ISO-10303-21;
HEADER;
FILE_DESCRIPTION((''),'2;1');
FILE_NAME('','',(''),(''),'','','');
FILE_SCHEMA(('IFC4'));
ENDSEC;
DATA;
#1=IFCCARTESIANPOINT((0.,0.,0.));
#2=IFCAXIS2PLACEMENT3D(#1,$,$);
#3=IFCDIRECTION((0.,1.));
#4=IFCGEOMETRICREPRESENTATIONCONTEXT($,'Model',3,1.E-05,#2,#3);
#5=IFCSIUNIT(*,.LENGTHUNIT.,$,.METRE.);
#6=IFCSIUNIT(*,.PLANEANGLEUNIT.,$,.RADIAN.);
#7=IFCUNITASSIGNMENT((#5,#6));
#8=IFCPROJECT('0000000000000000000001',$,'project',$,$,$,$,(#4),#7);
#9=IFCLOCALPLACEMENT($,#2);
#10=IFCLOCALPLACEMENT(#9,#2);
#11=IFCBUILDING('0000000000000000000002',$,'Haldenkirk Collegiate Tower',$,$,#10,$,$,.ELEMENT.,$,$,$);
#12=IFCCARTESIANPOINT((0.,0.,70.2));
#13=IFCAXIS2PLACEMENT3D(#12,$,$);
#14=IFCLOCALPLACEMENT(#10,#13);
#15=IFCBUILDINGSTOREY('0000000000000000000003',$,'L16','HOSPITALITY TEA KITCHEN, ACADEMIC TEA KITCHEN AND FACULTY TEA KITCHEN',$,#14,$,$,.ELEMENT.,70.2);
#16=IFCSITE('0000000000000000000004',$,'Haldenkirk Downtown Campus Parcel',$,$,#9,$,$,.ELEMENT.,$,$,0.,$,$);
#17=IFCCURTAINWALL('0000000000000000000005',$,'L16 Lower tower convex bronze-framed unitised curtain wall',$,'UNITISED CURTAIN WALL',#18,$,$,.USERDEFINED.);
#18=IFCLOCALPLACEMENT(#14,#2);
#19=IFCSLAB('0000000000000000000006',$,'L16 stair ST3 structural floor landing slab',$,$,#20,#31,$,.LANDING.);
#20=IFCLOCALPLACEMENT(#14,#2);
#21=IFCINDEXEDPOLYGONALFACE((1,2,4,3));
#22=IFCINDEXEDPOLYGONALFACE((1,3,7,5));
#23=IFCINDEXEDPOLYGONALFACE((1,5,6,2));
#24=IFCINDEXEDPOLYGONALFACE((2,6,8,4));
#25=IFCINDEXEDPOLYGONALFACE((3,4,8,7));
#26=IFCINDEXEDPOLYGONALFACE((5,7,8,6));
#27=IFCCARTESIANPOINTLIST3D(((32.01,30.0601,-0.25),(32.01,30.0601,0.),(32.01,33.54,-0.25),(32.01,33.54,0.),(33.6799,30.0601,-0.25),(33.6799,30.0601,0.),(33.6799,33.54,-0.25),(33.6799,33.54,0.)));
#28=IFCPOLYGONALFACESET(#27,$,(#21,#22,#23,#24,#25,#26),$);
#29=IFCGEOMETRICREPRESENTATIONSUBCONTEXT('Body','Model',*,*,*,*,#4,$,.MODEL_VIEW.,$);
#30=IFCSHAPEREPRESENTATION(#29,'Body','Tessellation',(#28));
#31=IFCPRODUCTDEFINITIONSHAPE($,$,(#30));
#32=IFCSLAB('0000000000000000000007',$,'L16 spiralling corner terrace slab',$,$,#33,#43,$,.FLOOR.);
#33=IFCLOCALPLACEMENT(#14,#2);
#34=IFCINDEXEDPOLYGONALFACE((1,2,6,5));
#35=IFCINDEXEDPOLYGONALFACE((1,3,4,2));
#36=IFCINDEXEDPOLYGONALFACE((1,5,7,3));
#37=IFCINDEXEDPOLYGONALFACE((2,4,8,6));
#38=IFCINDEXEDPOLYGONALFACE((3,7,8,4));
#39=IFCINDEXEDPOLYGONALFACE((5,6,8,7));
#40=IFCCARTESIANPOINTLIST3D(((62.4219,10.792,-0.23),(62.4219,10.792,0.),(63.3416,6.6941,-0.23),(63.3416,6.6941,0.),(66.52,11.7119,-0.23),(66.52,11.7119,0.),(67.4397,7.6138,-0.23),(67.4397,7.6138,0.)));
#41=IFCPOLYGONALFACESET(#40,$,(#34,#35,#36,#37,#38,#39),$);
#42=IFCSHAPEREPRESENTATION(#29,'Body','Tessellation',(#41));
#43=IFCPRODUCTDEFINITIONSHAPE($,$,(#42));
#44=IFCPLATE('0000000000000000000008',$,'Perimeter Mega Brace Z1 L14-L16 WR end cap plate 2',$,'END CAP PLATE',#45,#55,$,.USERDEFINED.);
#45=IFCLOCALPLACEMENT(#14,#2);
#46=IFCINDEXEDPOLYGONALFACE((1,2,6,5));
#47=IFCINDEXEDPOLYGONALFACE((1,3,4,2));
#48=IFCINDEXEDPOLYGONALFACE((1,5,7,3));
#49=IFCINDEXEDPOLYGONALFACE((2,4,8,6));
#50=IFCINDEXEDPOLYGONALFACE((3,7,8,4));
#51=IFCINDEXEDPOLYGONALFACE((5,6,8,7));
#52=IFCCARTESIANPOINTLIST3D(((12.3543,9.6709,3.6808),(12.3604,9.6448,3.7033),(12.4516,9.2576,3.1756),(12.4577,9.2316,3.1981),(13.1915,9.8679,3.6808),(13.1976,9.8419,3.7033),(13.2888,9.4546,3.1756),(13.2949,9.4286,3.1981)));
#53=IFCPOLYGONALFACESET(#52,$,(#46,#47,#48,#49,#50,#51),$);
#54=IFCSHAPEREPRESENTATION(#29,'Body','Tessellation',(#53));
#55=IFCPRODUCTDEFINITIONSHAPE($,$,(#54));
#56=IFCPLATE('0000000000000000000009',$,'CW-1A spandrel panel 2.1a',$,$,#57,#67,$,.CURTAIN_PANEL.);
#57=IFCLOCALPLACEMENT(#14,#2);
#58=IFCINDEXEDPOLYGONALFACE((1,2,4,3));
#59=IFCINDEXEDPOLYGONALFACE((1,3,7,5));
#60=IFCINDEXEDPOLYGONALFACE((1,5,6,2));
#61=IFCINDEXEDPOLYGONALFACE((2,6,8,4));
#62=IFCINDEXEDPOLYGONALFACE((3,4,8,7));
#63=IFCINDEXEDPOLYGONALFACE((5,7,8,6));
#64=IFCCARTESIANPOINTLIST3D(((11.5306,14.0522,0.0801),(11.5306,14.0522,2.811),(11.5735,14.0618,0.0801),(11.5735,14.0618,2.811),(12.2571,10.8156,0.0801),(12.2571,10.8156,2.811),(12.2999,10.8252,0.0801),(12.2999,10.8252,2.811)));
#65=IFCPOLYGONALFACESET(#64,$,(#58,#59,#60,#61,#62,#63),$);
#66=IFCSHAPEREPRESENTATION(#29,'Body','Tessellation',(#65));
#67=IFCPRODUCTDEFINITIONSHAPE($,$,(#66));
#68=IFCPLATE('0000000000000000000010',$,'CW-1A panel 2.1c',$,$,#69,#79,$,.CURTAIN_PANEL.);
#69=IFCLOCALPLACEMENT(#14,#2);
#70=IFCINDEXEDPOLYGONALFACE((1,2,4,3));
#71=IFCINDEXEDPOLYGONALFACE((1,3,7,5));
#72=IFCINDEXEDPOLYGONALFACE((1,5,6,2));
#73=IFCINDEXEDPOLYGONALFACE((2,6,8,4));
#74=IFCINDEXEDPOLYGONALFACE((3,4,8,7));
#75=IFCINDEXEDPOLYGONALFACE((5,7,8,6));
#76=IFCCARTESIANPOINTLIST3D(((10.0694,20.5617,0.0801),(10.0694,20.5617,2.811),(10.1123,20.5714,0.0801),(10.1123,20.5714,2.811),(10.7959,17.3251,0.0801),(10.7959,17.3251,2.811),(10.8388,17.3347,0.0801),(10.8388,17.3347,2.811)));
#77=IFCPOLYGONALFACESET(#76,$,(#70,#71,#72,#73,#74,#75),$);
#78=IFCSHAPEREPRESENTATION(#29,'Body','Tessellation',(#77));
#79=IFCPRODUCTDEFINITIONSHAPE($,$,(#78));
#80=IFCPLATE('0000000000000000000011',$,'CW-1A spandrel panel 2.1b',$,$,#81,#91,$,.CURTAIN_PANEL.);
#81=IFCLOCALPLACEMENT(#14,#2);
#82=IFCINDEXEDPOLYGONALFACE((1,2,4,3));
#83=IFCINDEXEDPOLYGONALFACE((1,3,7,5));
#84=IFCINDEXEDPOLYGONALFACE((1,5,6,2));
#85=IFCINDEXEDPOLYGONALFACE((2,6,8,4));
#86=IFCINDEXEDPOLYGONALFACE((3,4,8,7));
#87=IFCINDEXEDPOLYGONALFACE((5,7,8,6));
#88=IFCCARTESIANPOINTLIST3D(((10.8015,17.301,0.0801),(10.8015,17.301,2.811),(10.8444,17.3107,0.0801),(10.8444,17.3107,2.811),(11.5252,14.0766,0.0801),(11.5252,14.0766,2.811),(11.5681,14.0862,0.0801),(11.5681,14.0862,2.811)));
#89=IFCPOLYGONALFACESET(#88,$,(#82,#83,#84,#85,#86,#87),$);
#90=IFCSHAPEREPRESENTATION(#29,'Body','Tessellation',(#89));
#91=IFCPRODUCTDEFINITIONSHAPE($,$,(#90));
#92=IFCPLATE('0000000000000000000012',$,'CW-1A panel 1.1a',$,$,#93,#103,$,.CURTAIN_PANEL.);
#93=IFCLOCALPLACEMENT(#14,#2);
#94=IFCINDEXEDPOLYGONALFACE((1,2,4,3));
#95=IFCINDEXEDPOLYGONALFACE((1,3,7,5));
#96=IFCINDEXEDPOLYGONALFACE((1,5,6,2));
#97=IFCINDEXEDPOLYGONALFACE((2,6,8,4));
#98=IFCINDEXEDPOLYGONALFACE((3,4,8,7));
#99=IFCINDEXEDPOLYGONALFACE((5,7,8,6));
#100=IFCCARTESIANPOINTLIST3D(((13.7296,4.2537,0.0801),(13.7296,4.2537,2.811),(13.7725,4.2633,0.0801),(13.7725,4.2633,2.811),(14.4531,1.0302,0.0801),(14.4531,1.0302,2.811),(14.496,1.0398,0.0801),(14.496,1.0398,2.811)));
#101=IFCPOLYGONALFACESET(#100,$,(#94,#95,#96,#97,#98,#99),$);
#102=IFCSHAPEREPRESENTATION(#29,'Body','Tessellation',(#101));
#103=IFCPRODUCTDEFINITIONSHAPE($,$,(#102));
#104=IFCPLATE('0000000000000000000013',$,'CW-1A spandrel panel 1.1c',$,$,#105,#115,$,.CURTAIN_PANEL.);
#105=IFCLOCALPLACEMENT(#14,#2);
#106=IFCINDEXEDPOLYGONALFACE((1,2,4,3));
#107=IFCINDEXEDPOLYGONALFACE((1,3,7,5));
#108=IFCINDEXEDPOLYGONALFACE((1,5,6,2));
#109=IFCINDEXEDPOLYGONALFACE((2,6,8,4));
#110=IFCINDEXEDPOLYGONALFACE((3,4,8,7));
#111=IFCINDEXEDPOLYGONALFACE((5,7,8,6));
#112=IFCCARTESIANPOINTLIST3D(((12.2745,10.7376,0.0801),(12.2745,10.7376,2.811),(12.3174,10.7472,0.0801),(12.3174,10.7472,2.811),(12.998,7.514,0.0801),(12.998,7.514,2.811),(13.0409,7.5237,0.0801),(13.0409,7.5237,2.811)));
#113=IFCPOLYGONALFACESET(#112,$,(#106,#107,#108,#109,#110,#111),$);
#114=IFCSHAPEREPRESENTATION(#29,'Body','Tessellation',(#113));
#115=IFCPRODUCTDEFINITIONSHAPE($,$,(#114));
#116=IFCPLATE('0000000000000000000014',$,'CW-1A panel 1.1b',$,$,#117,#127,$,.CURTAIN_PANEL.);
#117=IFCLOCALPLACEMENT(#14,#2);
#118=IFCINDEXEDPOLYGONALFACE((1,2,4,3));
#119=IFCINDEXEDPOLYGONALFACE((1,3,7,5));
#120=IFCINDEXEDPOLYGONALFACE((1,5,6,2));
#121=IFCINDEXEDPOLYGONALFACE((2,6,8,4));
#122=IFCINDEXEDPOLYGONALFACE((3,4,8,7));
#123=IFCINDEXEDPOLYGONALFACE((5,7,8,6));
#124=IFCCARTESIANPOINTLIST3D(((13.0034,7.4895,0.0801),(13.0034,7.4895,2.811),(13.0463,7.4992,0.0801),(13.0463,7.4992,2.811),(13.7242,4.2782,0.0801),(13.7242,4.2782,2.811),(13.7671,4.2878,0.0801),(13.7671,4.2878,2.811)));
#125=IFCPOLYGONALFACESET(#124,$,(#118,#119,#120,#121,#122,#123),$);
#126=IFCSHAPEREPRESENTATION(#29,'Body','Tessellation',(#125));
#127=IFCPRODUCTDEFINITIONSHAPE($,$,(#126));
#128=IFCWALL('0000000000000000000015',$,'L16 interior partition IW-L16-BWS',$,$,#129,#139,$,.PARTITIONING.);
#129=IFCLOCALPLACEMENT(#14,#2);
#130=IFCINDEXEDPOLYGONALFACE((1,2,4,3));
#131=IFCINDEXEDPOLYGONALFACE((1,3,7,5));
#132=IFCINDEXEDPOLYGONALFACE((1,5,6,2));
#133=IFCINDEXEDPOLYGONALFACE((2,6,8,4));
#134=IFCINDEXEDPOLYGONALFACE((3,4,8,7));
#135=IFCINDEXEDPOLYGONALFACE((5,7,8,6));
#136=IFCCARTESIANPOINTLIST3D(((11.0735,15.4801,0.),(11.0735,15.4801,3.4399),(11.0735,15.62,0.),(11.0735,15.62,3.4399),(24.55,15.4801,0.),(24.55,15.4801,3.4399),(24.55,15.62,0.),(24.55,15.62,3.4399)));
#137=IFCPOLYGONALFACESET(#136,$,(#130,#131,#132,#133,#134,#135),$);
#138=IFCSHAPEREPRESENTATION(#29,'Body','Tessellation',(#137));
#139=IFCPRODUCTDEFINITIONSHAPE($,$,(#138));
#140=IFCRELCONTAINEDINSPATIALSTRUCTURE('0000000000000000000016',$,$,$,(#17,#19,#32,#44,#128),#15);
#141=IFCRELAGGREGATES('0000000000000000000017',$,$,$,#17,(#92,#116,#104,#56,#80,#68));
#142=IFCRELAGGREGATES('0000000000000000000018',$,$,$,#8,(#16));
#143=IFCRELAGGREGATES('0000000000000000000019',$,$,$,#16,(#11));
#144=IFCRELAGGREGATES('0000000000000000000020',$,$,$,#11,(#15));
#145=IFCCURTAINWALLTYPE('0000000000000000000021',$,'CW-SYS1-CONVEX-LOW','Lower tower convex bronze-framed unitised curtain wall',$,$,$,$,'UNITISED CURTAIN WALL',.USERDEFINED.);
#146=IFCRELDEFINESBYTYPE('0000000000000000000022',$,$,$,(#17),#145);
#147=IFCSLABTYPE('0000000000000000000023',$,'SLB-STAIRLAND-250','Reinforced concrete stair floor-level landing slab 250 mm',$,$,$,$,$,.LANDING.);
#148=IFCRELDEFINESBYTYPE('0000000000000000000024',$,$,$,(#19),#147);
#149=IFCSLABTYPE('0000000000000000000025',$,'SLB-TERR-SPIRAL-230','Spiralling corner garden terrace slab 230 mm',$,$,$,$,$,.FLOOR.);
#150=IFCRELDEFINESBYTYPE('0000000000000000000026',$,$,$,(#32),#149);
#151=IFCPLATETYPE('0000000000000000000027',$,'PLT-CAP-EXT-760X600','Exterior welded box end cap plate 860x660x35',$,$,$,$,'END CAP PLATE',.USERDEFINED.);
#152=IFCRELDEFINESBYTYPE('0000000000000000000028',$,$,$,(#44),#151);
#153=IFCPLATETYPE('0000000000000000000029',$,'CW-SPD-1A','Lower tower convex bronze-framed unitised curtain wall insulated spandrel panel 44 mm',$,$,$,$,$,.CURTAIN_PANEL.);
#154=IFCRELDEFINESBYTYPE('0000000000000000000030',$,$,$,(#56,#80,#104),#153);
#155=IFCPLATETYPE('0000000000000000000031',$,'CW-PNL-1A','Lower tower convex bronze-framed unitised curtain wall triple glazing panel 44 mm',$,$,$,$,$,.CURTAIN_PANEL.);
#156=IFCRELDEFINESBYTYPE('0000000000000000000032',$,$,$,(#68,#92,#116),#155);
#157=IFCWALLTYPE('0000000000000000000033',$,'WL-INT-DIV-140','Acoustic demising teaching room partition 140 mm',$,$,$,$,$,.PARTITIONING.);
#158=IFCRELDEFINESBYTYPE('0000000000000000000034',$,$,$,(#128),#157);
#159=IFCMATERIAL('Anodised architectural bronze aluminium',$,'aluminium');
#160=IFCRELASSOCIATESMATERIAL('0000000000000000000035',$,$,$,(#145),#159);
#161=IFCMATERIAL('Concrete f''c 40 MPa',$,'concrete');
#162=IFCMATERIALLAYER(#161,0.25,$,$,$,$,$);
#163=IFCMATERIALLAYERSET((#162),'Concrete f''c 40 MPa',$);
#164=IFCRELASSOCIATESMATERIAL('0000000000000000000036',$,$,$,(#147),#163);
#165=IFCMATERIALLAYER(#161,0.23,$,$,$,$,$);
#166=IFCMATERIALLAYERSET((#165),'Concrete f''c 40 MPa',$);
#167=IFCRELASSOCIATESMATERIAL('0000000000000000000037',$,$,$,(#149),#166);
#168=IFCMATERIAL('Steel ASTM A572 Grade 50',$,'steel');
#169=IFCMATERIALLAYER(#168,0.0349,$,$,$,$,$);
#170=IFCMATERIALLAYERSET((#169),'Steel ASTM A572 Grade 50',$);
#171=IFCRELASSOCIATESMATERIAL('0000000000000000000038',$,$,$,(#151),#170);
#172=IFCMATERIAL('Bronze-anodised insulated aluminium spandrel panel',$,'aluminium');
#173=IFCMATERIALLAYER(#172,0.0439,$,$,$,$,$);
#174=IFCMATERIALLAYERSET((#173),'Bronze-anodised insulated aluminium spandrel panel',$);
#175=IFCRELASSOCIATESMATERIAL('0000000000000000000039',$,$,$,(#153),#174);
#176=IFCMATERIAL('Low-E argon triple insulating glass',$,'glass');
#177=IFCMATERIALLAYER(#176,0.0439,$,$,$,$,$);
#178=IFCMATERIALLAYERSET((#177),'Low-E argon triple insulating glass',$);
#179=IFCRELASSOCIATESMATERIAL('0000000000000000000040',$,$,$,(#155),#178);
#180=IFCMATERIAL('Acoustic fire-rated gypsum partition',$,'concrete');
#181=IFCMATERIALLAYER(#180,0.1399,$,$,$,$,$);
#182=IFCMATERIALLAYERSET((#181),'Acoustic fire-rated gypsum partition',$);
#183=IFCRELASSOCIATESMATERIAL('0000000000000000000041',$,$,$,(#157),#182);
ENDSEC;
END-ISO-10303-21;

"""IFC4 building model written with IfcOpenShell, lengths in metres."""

from ifc_helpers import new_model, si_unit, direction, frame, frame_2d, origin, origin_2d, place, context, subcontext, project, spatial, polyline, rectangle, outline, extrude, source, transform, mapped, material, layer, layer_set, type_object, element, aggregate, save


model = new_model("IFC4")

# Units and contexts
model_context = context("Model", 3, precision=1e-05, world=origin(), true_north=direction((0.0, 1.0)))
body_context = subcontext(model_context, "Body", "Model", "MODEL_VIEW")
ifc_project = project(units=[si_unit("LENGTHUNIT", "METRE"), si_unit("PLANEANGLEUNIT", "RADIAN")], contexts=[model_context])

# Site, building, storey
site_placement = place(None, origin())
site = spatial("IfcSite", under=ifc_project, at=site_placement, Name="Haldenkirk Downtown Campus Parcel", CompositionType="ELEMENT", RefElevation=0.0)
building_placement = place(site_placement, origin())
building = spatial("IfcBuilding", under=site, at=building_placement, Name="Haldenkirk Collegiate Tower", CompositionType="ELEMENT")
storey_placement = place(building_placement, frame((0.0, 0.0, 70.2)))
storey = spatial("IfcBuildingStorey", under=building, at=storey_placement, Name="L16", Description="HOSPITALITY TEA KITCHEN, ACADEMIC TEA KITCHEN AND FACULTY TEA KITCHEN", CompositionType="ELEMENT", Elevation=70.2)

# Curtain wall
ifc_material_1 = material(Name="Anodised architectural bronze aluminium", Category="aluminium")
curtain_wall_type = type_object("IfcCurtainWallType", Name="CW-SYS1-CONVEX-LOW", Description="Lower tower convex bronze-framed unitised curtain wall", ElementType="UNITISED CURTAIN WALL", PredefinedType="USERDEFINED", material=ifc_material_1)
curtain_wall_placement = place(storey_placement, origin())
curtain_wall = element("IfcCurtainWall", 1, at=curtain_wall_placement, inside=storey, type_object=curtain_wall_type, Name="L16 Lower tower convex bronze-framed unitised curtain wall", ObjectType="UNITISED CURTAIN WALL", PredefinedType="USERDEFINED")

# Shared definitions
ifc_material_2 = material(Name="Concrete f'c 40 MPa", Category="concrete")

# Slabs
ifc_layer_1 = layer(ifc_material_2, 0.25)
ifc_layer_set_1 = layer_set([ifc_layer_1], Name="Concrete f'c 40 MPa")
slab_type_1 = type_object("IfcSlabType", Name="SLB-STAIRLAND-250", Description="Reinforced concrete stair floor-level landing slab 250 mm", PredefinedType="LANDING", material=ifc_layer_set_1)
slab_1_placement = place(storey_placement, frame((0.0, 0.0, -0.25)))
element("IfcSlab", 2, at=slab_1_placement, inside=storey, type_object=slab_type_1, Name="L16 stair ST3 structural floor landing slab", PredefinedType="LANDING", context=body_context, shape_type="SweptSolid", body=[
    extrude(outline(polyline([(32.01, 30.0601), (33.6799, 30.0601), (33.6799, 33.54), (32.01, 33.54), (32.01, 30.0601)])), origin(), (0.0, 0.0, 1.0), 0.25),
])
ifc_layer_2 = layer(ifc_material_2, 0.23)
ifc_layer_set_2 = layer_set([ifc_layer_2], Name="Concrete f'c 40 MPa")
slab_type_2 = type_object("IfcSlabType", Name="SLB-TERR-SPIRAL-230", Description="Spiralling corner garden terrace slab 230 mm", PredefinedType="FLOOR", material=ifc_layer_set_2)
slab_2_placement = place(storey_placement, frame((0.0, 0.0, -0.23)))
element("IfcSlab", 3, at=slab_2_placement, inside=storey, type_object=slab_type_2, Name="L16 spiralling corner terrace slab", PredefinedType="FLOOR", context=body_context, shape_type="SweptSolid", body=[
    extrude(outline(polyline([(63.3416, 6.6941), (67.4397, 7.6138), (66.52, 11.7119), (62.4219, 10.792), (63.3416, 6.6941)])), origin(), (0.0, 0.0, 1.0), 0.23),
])

# Plates
ifc_material_3 = material(Name="Steel ASTM A572 Grade 50", Category="steel")
ifc_layer_3 = layer(ifc_material_3, 0.0349)
ifc_layer_set_3 = layer_set([ifc_layer_3], Name="Steel ASTM A572 Grade 50")
plate_type_1 = type_object("IfcPlateType", Name="PLT-CAP-EXT-760X600", Description="Exterior welded box end cap plate 860x660x35", ElementType="END CAP PLATE", PredefinedType="USERDEFINED", material=ifc_layer_set_3)
shared_shape_1 = source(origin(), body_context, "Body", "SweptSolid", [
    extrude(rectangle(XDim=0.8601, YDim=0.6599, at=origin_2d()), origin(), (0.0, 0.0, 1.0), 0.0349),
])
plate_1_placement = place(storey_placement, frame((12.8215, 9.5627, 3.4282), z_axis=(0.175391, -0.745177, 0.643389), x_axis=(0.973401, 0.229108, 0.0)))
element("IfcPlate", 4, at=plate_1_placement, inside=storey, type_object=plate_type_1, Name="Perimeter Mega Brace Z1 L14-L16 WR end cap plate 2", ObjectType="END CAP PLATE", PredefinedType="USERDEFINED", context=body_context, shape_type="MappedRepresentation", body=[
    mapped(shared_shape_1, transform((0.0, 0.0, 0.0), x_axis=(1.0, 0.0, 0.0), y_axis=(0.0, 1.0, 0.0), z_axis=(0.0, 0.0, 1.0), scale=1.0)),
])
ifc_material_4 = material(Name="Bronze-anodised insulated aluminium spandrel panel", Category="aluminium")
ifc_layer_4 = layer(ifc_material_4, 0.0439)
ifc_layer_set_4 = layer_set([ifc_layer_4], Name="Bronze-anodised insulated aluminium spandrel panel")
plate_type_2 = type_object("IfcPlateType", Name="CW-SPD-1A", Description="Lower tower convex bronze-framed unitised curtain wall insulated spandrel panel 44 mm", PredefinedType="CURTAIN_PANEL", material=ifc_layer_set_4)
shared_shape_2 = source(origin(), body_context, "Body", "SweptSolid", [
    extrude(rectangle(XDim=3.3171, YDim=0.0439, at=origin_2d()), origin(), (0.0, 0.0, 1.0), 2.731),
])
plate_2_placement = place(storey_placement, frame((11.9153, 12.4387, 0.0801), z_axis=(0.0, 0.0, 1.0), x_axis=(-0.218995, 0.975726, 0.0)))
plate_2 = element("IfcPlate", 5, at=plate_2_placement, type_object=plate_type_2, Name="CW-1A spandrel panel 2.1a", PredefinedType="CURTAIN_PANEL", context=body_context, shape_type="MappedRepresentation", body=[
    mapped(shared_shape_2, transform((0.0, 0.0, 0.0), x_axis=(1.0, 0.0, 0.0), y_axis=(0.0, 1.0, 0.0), z_axis=(0.0, 0.0, 1.0), scale=1.0)),
])
ifc_material_5 = material(Name="Low-E argon triple insulating glass", Category="glass")
ifc_layer_5 = layer(ifc_material_5, 0.0439)
ifc_layer_set_5 = layer_set([ifc_layer_5], Name="Low-E argon triple insulating glass")
plate_type_3 = type_object("IfcPlateType", Name="CW-PNL-1A", Description="Lower tower convex bronze-framed unitised curtain wall triple glazing panel 44 mm", PredefinedType="CURTAIN_PANEL", material=ifc_layer_set_5)
plate_3_placement = place(storey_placement, frame((10.4541, 18.9482, 0.0801), z_axis=(0.0, 0.0, 1.0), x_axis=(-0.218995, 0.975726, 0.0)))
plate_3 = element("IfcPlate", 6, at=plate_3_placement, type_object=plate_type_3, Name="CW-1A panel 2.1c", PredefinedType="CURTAIN_PANEL", context=body_context, shape_type="MappedRepresentation", body=[
    mapped(shared_shape_2, transform((0.0, 0.0, 0.0), x_axis=(1.0, 0.0, 0.0), y_axis=(0.0, 1.0, 0.0), z_axis=(0.0, 0.0, 1.0), scale=1.0)),
])
shared_shape_3 = source(origin(), body_context, "Body", "SweptSolid", [
    extrude(rectangle(XDim=3.3047, YDim=0.0439, at=origin_2d()), origin(), (0.0, 0.0, 1.0), 2.731),
])
plate_4_placement = place(storey_placement, frame((11.1848, 15.6936, 0.0801), z_axis=(0.0, 0.0, 1.0), x_axis=(-0.218995, 0.975726, 0.0)))
plate_4 = element("IfcPlate", 7, at=plate_4_placement, type_object=plate_type_2, Name="CW-1A spandrel panel 2.1b", PredefinedType="CURTAIN_PANEL", context=body_context, shape_type="MappedRepresentation", body=[
    mapped(shared_shape_3, transform((0.0, 0.0, 0.0), x_axis=(1.0, 0.0, 0.0), y_axis=(0.0, 1.0, 0.0), z_axis=(0.0, 0.0, 1.0), scale=1.0)),
])
shared_shape_4 = source(origin(), body_context, "Body", "SweptSolid", [
    extrude(rectangle(XDim=3.3037, YDim=0.0439, at=origin_2d()), origin(), (0.0, 0.0, 1.0), 2.731),
])
plate_5_placement = place(storey_placement, frame((14.1128, 2.6467, 0.0801), z_axis=(0.0, 0.0, 1.0), x_axis=(-0.218995, 0.975726, 0.0)))
plate_5 = element("IfcPlate", 8, at=plate_5_placement, type_object=plate_type_3, Name="CW-1A panel 1.1a", PredefinedType="CURTAIN_PANEL", context=body_context, shape_type="MappedRepresentation", body=[
    mapped(shared_shape_4, transform((0.0, 0.0, 0.0), x_axis=(1.0, 0.0, 0.0), y_axis=(0.0, 1.0, 0.0), z_axis=(0.0, 0.0, 1.0), scale=1.0)),
])
plate_6_placement = place(storey_placement, frame((12.6577, 9.1306, 0.0801), z_axis=(0.0, 0.0, 1.0), x_axis=(-0.218995, 0.975726, 0.0)))
plate_6 = element("IfcPlate", 9, at=plate_6_placement, type_object=plate_type_2, Name="CW-1A spandrel panel 1.1c", PredefinedType="CURTAIN_PANEL", context=body_context, shape_type="MappedRepresentation", body=[
    mapped(shared_shape_4, transform((0.0, 0.0, 0.0), x_axis=(1.0, 0.0, 0.0), y_axis=(0.0, 1.0, 0.0), z_axis=(0.0, 0.0, 1.0), scale=1.0)),
])
shared_shape_5 = source(origin(), body_context, "Body", "SweptSolid", [
    extrude(rectangle(XDim=3.2913, YDim=0.0439, at=origin_2d()), origin(), (0.0, 0.0, 1.0), 2.731),
])
plate_7_placement = place(storey_placement, frame((13.3853, 5.8887, 0.0801), z_axis=(0.0, 0.0, 1.0), x_axis=(-0.218995, 0.975726, 0.0)))
plate_7 = element("IfcPlate", 10, at=plate_7_placement, type_object=plate_type_3, Name="CW-1A panel 1.1b", PredefinedType="CURTAIN_PANEL", context=body_context, shape_type="MappedRepresentation", body=[
    mapped(shared_shape_5, transform((0.0, 0.0, 0.0), x_axis=(1.0, 0.0, 0.0), y_axis=(0.0, 1.0, 0.0), z_axis=(0.0, 0.0, 1.0), scale=1.0)),
])
aggregate(curtain_wall, [plate_5, plate_7, plate_6, plate_2, plate_4, plate_3])

# Wall
ifc_material_6 = material(Name="Acoustic fire-rated gypsum partition", Category="concrete")
ifc_layer_6 = layer(ifc_material_6, 0.1399)
ifc_layer_set_6 = layer_set([ifc_layer_6], Name="Acoustic fire-rated gypsum partition")
wall_type = type_object("IfcWallType", Name="WL-INT-DIV-140", Description="Acoustic demising teaching room partition 140 mm", PredefinedType="PARTITIONING", material=ifc_layer_set_6)
wall_placement = place(storey_placement, frame((11.0735, 15.55, 0.0), z_axis=(0.0, 0.0, 1.0), x_axis=(1.0, 0.0, 0.0)))
element("IfcWall", 11, at=wall_placement, inside=storey, type_object=wall_type, Name="L16 interior partition IW-L16-BWS", PredefinedType="PARTITIONING", context=body_context, shape_type="SweptSolid", body=[
    extrude(rectangle(XDim=13.4766, YDim=0.1399, at=frame_2d((6.7383, 0.0))), origin(), (0.0, 0.0, 1.0), 3.4399),
])

save(model, "model.ifc")
